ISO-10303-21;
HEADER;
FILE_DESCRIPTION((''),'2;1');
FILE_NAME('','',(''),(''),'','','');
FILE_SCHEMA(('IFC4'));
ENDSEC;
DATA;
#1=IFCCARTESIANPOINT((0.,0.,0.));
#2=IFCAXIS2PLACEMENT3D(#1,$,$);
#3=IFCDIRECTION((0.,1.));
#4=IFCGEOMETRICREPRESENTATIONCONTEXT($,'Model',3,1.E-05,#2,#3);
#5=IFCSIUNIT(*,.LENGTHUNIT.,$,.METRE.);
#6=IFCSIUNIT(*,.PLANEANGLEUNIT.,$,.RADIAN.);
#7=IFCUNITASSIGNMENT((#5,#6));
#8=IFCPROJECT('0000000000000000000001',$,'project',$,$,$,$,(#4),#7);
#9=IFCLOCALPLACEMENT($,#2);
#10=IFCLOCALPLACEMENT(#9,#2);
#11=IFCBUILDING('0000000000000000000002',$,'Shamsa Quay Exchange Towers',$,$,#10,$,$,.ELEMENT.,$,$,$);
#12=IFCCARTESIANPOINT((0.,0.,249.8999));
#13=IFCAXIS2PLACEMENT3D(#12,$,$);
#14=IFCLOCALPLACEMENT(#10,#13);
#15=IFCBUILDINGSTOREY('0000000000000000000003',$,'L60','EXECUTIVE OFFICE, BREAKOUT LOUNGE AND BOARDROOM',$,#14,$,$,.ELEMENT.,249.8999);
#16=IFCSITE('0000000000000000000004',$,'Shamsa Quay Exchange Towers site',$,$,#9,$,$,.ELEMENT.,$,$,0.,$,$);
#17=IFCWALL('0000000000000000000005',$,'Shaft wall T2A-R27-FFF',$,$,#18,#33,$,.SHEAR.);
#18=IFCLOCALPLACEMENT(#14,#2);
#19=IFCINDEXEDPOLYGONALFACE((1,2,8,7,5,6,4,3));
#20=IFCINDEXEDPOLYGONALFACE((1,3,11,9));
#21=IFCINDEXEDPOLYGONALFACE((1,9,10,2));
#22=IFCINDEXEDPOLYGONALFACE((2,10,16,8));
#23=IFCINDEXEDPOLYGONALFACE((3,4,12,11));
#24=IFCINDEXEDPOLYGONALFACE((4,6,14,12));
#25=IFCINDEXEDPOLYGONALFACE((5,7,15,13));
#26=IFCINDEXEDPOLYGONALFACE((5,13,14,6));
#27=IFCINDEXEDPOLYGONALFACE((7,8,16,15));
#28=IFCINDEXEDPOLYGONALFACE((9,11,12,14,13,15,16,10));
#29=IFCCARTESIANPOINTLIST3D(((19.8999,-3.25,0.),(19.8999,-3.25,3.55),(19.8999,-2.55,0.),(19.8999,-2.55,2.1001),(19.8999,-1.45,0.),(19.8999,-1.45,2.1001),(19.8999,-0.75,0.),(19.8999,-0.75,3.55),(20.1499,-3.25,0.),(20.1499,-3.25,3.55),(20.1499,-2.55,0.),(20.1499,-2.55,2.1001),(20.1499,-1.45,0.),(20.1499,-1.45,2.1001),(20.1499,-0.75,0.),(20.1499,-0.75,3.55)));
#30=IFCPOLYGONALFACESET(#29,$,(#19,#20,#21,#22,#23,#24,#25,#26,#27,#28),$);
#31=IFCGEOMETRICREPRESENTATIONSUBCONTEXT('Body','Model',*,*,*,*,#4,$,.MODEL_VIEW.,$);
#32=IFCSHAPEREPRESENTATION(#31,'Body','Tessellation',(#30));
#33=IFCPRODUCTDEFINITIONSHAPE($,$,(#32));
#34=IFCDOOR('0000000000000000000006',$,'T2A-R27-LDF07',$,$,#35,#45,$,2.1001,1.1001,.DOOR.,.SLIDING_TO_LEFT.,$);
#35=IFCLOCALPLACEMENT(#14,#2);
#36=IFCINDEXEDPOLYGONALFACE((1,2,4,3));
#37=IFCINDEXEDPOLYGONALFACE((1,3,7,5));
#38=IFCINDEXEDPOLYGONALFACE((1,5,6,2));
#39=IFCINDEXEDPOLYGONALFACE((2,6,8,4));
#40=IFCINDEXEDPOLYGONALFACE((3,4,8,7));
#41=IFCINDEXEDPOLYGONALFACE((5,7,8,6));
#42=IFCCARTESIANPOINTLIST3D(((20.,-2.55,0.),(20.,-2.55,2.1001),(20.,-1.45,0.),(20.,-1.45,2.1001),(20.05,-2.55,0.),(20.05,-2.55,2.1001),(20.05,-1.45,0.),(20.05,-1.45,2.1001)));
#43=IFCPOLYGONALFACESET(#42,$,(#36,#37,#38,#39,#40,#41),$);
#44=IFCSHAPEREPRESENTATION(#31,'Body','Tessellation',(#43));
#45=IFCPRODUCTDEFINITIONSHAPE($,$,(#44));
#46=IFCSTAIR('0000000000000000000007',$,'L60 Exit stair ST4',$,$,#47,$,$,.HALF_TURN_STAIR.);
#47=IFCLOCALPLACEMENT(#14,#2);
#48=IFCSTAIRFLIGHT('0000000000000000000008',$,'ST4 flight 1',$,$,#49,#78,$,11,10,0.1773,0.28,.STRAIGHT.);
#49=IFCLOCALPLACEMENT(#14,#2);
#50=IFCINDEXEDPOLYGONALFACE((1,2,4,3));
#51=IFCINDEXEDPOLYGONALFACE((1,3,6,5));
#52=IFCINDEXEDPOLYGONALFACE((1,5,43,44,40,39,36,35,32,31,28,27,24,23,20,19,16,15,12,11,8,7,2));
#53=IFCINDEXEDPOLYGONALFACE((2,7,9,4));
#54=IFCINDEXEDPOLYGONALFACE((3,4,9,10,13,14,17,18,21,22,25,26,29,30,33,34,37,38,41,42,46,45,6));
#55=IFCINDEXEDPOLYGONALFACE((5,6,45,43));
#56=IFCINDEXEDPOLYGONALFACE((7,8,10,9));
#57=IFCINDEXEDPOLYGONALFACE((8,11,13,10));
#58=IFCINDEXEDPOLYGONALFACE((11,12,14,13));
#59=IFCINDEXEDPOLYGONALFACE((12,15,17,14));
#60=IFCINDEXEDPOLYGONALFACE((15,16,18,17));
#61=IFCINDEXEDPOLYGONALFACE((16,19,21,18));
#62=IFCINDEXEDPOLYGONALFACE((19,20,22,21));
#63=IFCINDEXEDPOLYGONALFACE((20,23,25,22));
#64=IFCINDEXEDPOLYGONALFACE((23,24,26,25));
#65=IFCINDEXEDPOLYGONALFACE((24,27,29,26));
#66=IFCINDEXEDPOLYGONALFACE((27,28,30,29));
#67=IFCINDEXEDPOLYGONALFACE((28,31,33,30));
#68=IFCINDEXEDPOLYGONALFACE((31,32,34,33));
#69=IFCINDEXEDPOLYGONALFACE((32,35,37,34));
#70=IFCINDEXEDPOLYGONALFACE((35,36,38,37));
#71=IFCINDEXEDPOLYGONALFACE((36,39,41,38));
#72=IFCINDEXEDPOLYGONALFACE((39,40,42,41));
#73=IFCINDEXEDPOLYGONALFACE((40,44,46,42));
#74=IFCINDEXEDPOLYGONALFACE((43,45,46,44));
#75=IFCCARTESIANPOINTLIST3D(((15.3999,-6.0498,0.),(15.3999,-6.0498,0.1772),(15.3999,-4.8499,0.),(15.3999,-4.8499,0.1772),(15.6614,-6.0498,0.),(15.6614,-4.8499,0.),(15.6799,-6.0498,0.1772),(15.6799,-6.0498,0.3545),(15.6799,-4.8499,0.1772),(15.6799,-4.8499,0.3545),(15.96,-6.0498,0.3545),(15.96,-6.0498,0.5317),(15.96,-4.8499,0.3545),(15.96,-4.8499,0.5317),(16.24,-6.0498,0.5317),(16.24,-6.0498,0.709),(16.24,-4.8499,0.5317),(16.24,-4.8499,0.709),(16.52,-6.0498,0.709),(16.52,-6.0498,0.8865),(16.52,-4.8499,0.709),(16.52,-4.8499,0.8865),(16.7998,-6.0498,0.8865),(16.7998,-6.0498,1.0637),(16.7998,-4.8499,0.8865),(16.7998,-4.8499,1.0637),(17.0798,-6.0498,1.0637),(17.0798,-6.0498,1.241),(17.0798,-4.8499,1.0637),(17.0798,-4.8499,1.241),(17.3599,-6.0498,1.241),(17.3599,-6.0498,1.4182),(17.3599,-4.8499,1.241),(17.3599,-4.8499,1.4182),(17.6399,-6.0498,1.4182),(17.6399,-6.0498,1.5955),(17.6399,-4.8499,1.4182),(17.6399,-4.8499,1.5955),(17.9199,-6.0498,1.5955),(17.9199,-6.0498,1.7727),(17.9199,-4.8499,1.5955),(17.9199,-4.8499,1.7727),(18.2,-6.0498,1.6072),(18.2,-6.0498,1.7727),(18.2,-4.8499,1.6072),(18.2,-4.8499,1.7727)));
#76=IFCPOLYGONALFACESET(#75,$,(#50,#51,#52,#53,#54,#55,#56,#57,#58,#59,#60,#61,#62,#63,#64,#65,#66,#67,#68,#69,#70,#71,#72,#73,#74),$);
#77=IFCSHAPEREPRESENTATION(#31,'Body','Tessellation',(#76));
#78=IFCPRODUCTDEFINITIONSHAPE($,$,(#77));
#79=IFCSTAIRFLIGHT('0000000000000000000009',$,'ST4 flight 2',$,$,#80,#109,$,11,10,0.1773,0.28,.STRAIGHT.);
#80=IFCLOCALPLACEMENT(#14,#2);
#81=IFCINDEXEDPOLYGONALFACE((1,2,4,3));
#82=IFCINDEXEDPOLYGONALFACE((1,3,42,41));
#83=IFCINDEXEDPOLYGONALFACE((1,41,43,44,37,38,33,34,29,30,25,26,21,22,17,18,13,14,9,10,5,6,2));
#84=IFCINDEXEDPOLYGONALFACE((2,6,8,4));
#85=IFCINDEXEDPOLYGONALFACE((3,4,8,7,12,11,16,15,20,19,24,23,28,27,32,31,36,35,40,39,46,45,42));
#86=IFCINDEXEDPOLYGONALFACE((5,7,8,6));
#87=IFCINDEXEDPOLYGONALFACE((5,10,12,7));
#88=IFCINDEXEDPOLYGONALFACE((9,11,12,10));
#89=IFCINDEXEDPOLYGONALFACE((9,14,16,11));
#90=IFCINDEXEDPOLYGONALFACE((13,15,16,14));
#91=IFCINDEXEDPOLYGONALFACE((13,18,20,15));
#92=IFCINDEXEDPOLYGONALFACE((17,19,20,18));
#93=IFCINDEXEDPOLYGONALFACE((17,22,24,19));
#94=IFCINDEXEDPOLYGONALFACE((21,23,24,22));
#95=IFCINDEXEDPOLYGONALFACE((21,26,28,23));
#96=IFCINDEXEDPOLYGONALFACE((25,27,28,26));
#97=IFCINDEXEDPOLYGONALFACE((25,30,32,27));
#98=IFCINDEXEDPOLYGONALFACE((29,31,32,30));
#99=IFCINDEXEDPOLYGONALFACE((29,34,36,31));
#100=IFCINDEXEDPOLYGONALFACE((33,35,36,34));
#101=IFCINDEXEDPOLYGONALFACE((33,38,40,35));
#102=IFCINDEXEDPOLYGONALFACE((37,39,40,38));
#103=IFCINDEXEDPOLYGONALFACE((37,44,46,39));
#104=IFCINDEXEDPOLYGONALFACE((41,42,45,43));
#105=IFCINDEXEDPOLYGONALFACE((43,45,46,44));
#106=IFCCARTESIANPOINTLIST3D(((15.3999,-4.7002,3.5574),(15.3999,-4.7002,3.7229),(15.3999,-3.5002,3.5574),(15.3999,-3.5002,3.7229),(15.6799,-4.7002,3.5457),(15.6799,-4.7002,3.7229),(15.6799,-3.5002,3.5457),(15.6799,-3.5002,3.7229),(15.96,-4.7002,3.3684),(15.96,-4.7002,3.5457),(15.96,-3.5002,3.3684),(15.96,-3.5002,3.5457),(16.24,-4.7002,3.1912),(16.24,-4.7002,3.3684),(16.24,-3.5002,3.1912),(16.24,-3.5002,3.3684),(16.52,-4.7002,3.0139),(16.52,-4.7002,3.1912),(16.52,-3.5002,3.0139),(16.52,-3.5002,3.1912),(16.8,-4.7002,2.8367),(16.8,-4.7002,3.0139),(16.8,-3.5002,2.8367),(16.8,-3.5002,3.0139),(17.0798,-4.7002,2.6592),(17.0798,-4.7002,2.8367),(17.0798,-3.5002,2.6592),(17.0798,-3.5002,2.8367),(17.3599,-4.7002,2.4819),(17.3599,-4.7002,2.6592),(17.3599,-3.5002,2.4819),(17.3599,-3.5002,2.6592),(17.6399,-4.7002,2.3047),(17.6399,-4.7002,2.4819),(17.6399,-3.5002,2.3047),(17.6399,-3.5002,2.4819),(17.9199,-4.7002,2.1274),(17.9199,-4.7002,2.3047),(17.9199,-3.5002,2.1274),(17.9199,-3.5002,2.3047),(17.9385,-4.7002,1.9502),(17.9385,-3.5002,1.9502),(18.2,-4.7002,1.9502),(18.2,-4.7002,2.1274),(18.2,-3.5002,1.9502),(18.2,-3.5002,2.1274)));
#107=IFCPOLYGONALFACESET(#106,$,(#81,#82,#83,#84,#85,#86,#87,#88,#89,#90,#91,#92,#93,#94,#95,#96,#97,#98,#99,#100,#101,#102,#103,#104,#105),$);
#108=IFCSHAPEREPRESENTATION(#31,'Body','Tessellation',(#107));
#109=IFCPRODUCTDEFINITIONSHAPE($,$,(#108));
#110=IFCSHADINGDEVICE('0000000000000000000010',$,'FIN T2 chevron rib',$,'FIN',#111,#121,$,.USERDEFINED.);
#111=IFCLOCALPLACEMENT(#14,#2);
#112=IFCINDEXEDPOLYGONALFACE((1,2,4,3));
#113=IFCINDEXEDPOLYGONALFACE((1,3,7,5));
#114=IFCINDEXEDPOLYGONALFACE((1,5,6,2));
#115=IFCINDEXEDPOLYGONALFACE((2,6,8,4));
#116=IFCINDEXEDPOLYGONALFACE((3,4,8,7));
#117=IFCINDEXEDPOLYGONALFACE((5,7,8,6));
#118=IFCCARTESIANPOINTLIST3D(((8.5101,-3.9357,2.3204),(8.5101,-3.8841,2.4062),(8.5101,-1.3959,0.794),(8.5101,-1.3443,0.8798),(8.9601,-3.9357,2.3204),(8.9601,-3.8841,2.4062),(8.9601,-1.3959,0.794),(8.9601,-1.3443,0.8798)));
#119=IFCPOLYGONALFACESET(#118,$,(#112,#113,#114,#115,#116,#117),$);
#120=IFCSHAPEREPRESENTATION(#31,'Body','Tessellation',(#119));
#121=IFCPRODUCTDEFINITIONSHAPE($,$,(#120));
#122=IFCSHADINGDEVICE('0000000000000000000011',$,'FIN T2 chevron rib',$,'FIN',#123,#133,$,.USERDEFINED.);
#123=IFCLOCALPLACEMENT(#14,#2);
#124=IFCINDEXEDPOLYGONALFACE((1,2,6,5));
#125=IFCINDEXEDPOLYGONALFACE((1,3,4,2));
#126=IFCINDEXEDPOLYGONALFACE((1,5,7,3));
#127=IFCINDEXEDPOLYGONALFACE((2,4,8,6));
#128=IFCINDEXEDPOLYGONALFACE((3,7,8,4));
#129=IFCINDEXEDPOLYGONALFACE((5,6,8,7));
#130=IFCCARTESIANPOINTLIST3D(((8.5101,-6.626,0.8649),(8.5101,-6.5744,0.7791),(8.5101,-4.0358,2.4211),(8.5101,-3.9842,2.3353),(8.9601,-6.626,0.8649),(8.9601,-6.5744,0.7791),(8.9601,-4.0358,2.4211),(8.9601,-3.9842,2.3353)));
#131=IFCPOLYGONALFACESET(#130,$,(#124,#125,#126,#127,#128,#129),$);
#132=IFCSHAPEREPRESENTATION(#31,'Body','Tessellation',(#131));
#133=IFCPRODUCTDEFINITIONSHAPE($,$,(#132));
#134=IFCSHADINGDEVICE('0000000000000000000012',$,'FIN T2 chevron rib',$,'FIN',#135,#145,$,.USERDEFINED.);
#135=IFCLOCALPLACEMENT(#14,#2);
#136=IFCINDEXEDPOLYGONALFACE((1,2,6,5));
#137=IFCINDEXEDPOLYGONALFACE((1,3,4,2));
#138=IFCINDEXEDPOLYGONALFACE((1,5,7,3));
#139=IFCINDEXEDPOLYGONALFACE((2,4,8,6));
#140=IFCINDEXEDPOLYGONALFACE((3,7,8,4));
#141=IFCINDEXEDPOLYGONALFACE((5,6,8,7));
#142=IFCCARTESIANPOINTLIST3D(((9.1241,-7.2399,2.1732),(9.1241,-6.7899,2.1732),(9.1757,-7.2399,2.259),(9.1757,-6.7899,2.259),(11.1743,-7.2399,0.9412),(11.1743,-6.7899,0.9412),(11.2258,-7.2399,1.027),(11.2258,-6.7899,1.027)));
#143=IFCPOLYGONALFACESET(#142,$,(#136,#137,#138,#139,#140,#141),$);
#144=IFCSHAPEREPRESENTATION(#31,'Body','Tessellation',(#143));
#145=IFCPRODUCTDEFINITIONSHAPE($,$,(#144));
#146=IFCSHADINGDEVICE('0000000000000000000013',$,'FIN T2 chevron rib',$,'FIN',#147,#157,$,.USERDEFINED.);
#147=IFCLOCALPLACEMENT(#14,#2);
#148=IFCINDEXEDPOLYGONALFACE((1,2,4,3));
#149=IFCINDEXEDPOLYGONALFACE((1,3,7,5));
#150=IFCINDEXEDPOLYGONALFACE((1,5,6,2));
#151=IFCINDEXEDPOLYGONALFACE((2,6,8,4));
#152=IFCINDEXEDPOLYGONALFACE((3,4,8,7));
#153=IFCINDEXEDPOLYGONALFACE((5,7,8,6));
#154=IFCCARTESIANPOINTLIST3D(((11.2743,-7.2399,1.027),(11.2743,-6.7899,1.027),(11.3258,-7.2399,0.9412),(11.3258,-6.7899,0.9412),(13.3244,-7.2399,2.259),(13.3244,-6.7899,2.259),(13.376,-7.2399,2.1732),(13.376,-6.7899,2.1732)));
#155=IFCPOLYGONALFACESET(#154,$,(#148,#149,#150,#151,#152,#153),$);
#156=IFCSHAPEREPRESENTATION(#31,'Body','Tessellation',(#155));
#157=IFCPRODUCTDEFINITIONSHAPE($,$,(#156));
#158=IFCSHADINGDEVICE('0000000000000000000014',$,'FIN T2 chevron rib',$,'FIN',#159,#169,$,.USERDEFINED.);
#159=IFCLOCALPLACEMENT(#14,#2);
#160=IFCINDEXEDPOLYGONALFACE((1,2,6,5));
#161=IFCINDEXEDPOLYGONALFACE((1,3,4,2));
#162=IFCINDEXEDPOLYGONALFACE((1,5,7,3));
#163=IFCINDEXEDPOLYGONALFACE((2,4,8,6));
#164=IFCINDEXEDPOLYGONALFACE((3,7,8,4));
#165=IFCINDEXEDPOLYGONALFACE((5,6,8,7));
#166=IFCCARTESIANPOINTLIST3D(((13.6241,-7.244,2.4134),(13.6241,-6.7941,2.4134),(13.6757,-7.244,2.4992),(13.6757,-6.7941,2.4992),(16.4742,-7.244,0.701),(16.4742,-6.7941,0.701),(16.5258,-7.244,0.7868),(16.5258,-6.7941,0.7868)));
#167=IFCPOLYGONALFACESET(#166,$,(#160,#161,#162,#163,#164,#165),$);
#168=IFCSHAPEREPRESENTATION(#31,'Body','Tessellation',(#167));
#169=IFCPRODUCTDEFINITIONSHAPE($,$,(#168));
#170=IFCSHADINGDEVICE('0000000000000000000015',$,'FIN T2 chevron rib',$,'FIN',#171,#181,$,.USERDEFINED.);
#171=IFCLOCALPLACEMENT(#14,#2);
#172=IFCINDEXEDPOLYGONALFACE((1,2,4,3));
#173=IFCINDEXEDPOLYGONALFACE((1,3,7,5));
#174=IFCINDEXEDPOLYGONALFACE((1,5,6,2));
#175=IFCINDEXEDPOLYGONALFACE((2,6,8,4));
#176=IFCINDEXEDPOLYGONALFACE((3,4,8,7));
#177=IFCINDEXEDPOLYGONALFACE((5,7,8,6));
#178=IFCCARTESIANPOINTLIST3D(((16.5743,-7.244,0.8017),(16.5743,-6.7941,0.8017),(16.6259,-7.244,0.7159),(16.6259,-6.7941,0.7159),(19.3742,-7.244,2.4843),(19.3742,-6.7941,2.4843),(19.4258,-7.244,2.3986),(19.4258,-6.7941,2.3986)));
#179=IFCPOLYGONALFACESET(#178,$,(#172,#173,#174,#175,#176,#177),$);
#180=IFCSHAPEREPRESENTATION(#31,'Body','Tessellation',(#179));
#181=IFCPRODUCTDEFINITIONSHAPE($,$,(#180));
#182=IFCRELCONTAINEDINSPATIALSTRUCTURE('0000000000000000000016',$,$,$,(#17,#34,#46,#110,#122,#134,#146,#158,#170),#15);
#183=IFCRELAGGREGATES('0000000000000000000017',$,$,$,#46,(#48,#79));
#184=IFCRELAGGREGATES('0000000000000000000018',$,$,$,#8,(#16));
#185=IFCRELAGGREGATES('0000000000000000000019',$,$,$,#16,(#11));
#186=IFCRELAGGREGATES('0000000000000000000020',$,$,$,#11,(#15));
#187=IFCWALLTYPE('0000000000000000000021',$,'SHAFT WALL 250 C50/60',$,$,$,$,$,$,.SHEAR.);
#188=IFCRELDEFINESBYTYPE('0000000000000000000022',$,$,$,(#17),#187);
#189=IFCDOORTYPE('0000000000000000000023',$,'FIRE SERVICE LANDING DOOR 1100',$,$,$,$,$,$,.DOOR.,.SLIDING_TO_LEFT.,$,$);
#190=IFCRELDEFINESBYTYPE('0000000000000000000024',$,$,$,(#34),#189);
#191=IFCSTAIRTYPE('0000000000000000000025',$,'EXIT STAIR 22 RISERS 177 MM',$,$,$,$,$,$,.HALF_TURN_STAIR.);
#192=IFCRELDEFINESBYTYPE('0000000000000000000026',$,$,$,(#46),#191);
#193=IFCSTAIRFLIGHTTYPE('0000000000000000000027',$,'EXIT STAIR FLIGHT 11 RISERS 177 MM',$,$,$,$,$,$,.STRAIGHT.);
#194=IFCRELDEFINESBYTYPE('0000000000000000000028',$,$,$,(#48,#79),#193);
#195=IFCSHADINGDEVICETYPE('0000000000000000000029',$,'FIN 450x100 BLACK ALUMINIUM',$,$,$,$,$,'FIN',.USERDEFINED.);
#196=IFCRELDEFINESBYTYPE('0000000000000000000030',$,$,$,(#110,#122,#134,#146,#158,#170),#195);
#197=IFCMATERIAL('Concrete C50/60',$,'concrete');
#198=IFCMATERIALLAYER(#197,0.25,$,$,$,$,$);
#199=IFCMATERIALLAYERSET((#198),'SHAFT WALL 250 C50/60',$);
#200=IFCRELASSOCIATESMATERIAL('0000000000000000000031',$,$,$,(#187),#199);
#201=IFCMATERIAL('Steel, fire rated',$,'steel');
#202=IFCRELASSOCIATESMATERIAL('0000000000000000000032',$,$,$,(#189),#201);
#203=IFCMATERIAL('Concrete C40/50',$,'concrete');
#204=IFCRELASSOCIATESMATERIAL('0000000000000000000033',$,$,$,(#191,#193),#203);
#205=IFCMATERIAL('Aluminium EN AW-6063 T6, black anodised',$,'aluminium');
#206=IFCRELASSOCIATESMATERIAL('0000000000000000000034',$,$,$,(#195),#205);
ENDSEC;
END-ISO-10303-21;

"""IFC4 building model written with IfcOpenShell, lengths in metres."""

from ifc_helpers import new_model, si_unit, direction, frame, frame_2d, origin, origin_2d, place, context, subcontext, project, spatial, polyline, rectangle, outline, extrude, material, layer, layer_set, material_profile, profile_set, type_object, element, fill, aggregate, save


model = new_model("IFC4")

# Units and contexts
model_context = context("Model", 3, precision=1e-05, world=origin(), true_north=direction((0.0, 1.0)))
body_context = subcontext(model_context, "Body", "Model", "MODEL_VIEW")
ifc_project = project(units=[si_unit("LENGTHUNIT", "METRE"), si_unit("PLANEANGLEUNIT", "RADIAN")], contexts=[model_context])

# Site, building, storey
site_placement = place(None, origin())
site = spatial("IfcSite", under=ifc_project, at=site_placement, Name="Shamsa Quay Exchange Towers site", CompositionType="ELEMENT", RefElevation=0.0)
building_placement = place(site_placement, origin())
building = spatial("IfcBuilding", under=site, at=building_placement, Name="Shamsa Quay Exchange Towers", CompositionType="ELEMENT")
storey_placement = place(building_placement, frame((0.0, 0.0, 249.8999)))
storey = spatial("IfcBuildingStorey", under=building, at=storey_placement, Name="L60", Description="EXECUTIVE OFFICE, BREAKOUT LOUNGE AND BOARDROOM", CompositionType="ELEMENT", Elevation=249.8999)

# Shared definitions
ifc_material_1 = material(Name="Aluminium EN AW-6063 T6, black anodised", Category="aluminium")

# Shared definitions
ifc_material_2 = material(Name="Concrete C50/60", Category="concrete")
ifc_layer_1 = layer(ifc_material_2, 0.25)
ifc_layer_set_1 = layer_set([ifc_layer_1], Name="SHAFT WALL 250 C50/60")
wall_type_1 = type_object("IfcWallType", Name="SHAFT WALL 250 C50/60", PredefinedType="SHEAR", material=ifc_layer_set_1)

# Wall, opening, door
wall_1_placement = place(storey_placement, frame((20.0249, -3.25, 0.0), z_axis=(0.0, 0.0, 1.0), x_axis=(0.0, 1.0, 0.0)))
wall_1 = element("IfcWall", 1, at=wall_1_placement, inside=storey, type_object=wall_type_1, Name="Shaft wall T2A-R27-FFF", PredefinedType="SHEAR", context=body_context, shape_type="SweptSolid", body=[
    extrude(rectangle(XDim=2.5, YDim=0.25, at=frame_2d((1.25, 0.0))), origin(), (0.0, 0.0, 1.0), 3.55),
])
opening_placement = place(wall_1_placement, frame((0.7, 0.0, 0.0)))
opening = element("IfcOpeningElement", 2, at=opening_placement, cuts=wall_1, PredefinedType="OPENING", context=body_context, shape_type="SweptSolid", body=[
    extrude(rectangle(XDim=1.1001, YDim=2.1001, at=frame_2d((0.55, 1.05))), frame((0.0, 0.135, 0.0), z_axis=(0.0, -1.0, 0.0), x_axis=(1.0, 0.0, 0.0)), (0.0, 0.0, 1.0), 0.27),
])
ifc_material_3 = material(Name="Steel, fire rated", Category="steel")
door_type = type_object("IfcDoorType", Name="FIRE SERVICE LANDING DOOR 1100", OperationType="SLIDING_TO_LEFT", PredefinedType="DOOR", material=ifc_material_3)
door_placement = place(opening_placement, origin())
door = element("IfcDoor", 3, at=door_placement, inside=storey, type_object=door_type, Name="T2A-R27-LDF07", OperationType="SLIDING_TO_LEFT", OverallHeight=2.1001, OverallWidth=1.1001, PredefinedType="DOOR", context=body_context, shape_type="SweptSolid", body=[
    extrude(rectangle(XDim=1.1001, YDim=2.1001, at=frame_2d((0.55, 1.05))), frame((0.0, 0.0249, 0.0), z_axis=(0.0, -1.0, 0.0), x_axis=(1.0, 0.0, 0.0)), (0.0, 0.0, 1.0), 0.05),
])
fill(opening, door)

# Stair, stair flights
ifc_material_4 = material(Name="Concrete C40/50", Category="concrete")
stair_type = type_object("IfcStairType", Name="EXIT STAIR 22 RISERS 177 MM", PredefinedType="HALF_TURN_STAIR", material=ifc_material_4)
stair_placement = place(storey_placement, origin())
stair = element("IfcStair", 4, at=stair_placement, inside=storey, type_object=stair_type, Name="L60 Exit stair ST4", PredefinedType="HALF_TURN_STAIR")
stair_flight_type = type_object("IfcStairFlightType", Name="EXIT STAIR FLIGHT 11 RISERS 177 MM", PredefinedType="STRAIGHT", material=ifc_material_4)
stair_flight_1_placement = place(storey_placement, frame((15.3999, -5.45, 0.0)))
stair_flight_1 = element("IfcStairFlight", 5, at=stair_flight_1_placement, type_object=stair_flight_type, Name="ST4 flight 1", NumberOfRisers=11, NumberOfTreads=10, PredefinedType="STRAIGHT", RiserHeight=0.1773, TreadLength=0.28, context=body_context, shape_type="SweptSolid", body=[
    extrude(outline(polyline([(0.0, 0.0), (0.0, 0.1772), (0.28, 0.1772), (0.28, 0.3545), (0.5601, 0.3545), (0.5601, 0.5317), (0.8401, 0.5317), (0.8401, 0.709), (1.1201, 0.709), (1.1201, 0.8865), (1.3999, 0.8865), (1.3999, 1.0637), (1.6799, 1.0637), (1.6799, 1.241), (1.96, 1.241), (1.96, 1.4182), (2.24, 1.4182), (2.24, 1.5955), (2.52, 1.5955), (2.52, 1.7727), (2.8, 1.7727), (2.8, 1.95), (2.8, 1.6072), (0.2615, 0.0), (0.0, 0.0)])), frame((0.0, 0.6001, 0.0), z_axis=(0.0, -1.0, 0.0), x_axis=(1.0, 0.0, 0.0)), (0.0, 0.0, 1.0), 1.2),
])
stair_flight_2_placement = place(storey_placement, frame((18.2, -4.1001, 1.9502), z_axis=(0.0, 0.0, 1.0), x_axis=(-1.0, 0.0, 0.0)))
stair_flight_2 = element("IfcStairFlight", 6, at=stair_flight_2_placement, type_object=stair_flight_type, Name="ST4 flight 2", NumberOfRisers=11, NumberOfTreads=10, PredefinedType="STRAIGHT", RiserHeight=0.1773, TreadLength=0.28, context=body_context, shape_type="SweptSolid", body=[
    extrude(outline(polyline([(0.0, 0.0), (0.0, 0.1772), (0.28, 0.1772), (0.28, 0.3545), (0.5601, 0.3545), (0.5601, 0.5317), (0.8401, 0.5317), (0.8401, 0.709), (1.1201, 0.709), (1.1201, 0.8865), (1.3999, 0.8865), (1.3999, 1.0637), (1.6799, 1.0637), (1.6799, 1.241), (1.96, 1.241), (1.96, 1.4182), (2.24, 1.4182), (2.24, 1.5955), (2.52, 1.5955), (2.52, 1.7727), (2.8, 1.7727), (2.8, 1.95), (2.8, 1.6072), (0.2615, 0.0), (0.0, 0.0)])), frame((0.0, 0.6001, 0.0), z_axis=(0.0, -1.0, 0.0), x_axis=(1.0, 0.0, 0.0)), (0.0, 0.0, 1.0), 1.2),
])
aggregate(stair, [stair_flight_1, stair_flight_2])

# Shading devices
ifc_material_profile_1 = material_profile(ifc_material_1, rectangle(XDim=0.45, YDim=0.1001, at=origin_2d()), Name="FIN450x100")
ifc_profile_set_1 = profile_set([ifc_material_profile_1], Name="Aluminium EN AW-6063 T6, black anodised")
shading_device_type = type_object("IfcShadingDeviceType", Name="FIN 450x100 BLACK ALUMINIUM", ElementType="FIN", PredefinedType="USERDEFINED", material=ifc_profile_set_1)
shading_device_1_placement = place(storey_placement, frame((8.7351, -1.3701, 0.8369), z_axis=(0.0, -0.857122, 0.515114), x_axis=(1.0, 0.0, 0.0)))
element("IfcShadingDevice", 7, at=shading_device_1_placement, inside=storey, type_object=shading_device_type, Name="FIN T2 chevron rib", ObjectType="FIN", PredefinedType="USERDEFINED", context=body_context, shape_type="SweptSolid", body=[
    extrude(rectangle(XDim=0.45, YDim=0.1001, at=origin_2d()), origin(), (0.0, 0.0, 1.0), 2.9631),
])
shading_device_2_placement = place(storey_placement, frame((8.7351, -4.01, 2.3782), z_axis=(0.0, -0.857186, -0.515007), x_axis=(1.0, 0.0, 0.0)))
element("IfcShadingDevice", 8, at=shading_device_2_placement, inside=storey, type_object=shading_device_type, Name="FIN T2 chevron rib", ObjectType="FIN", PredefinedType="USERDEFINED", context=body_context, shape_type="SweptSolid", body=[
    extrude(rectangle(XDim=0.45, YDim=0.1001, at=origin_2d()), origin(), (0.0, 0.0, 1.0), 3.0217),
])
for number, where, z_axis, x_axis, name in (
    (9, (9.1499, -7.0149, 2.2161), (0.857141, 0.0, -0.515081), (0.0, 1.0, 0.0), "FIN T2 chevron rib"),
    (10, (11.3, -7.0149, 0.9841), (0.857141, 0.0, 0.515081), (0.0, 1.0, 0.0), "FIN T2 chevron rib"),
):
    element("IfcShadingDevice", number, at=place(storey_placement, frame(where, z_axis=z_axis, x_axis=x_axis)), inside=storey, type_object=shading_device_type, Name=name, ObjectType="FIN", PredefinedType="USERDEFINED", context=body_context, shape_type="SweptSolid", body=[
        extrude(rectangle(XDim=0.45, YDim=0.1001, at=origin_2d()), origin(), (0.0, 0.0, 1.0), 2.3918),
    ])
shading_device_3_placement = place(storey_placement, frame((13.6499, -7.019, 2.4563), z_axis=(0.857182, 0.0, -0.515014), x_axis=(0.0, 1.0, 0.0)))
element("IfcShadingDevice", 11, at=shading_device_3_placement, inside=storey, type_object=shading_device_type, Name="FIN T2 chevron rib", ObjectType="FIN", PredefinedType="USERDEFINED", context=body_context, shape_type="SweptSolid", body=[
    extrude(rectangle(XDim=0.45, YDim=0.1001, at=origin_2d()), origin(), (0.0, 0.0, 1.0), 3.325),
])
shading_device_4_placement = place(storey_placement, frame((16.6001, -7.019, 0.7588), z_axis=(0.857123, 0.0, 0.515111), x_axis=(0.0, 1.0, 0.0)))
element("IfcShadingDevice", 12, at=shading_device_4_placement, inside=storey, type_object=shading_device_type, Name="FIN T2 chevron rib", ObjectType="FIN", PredefinedType="USERDEFINED", context=body_context, shape_type="SweptSolid", body=[
    extrude(rectangle(XDim=0.45, YDim=0.1001, at=origin_2d()), origin(), (0.0, 0.0, 1.0), 3.2666),
])

save(model, "model.ifc")
